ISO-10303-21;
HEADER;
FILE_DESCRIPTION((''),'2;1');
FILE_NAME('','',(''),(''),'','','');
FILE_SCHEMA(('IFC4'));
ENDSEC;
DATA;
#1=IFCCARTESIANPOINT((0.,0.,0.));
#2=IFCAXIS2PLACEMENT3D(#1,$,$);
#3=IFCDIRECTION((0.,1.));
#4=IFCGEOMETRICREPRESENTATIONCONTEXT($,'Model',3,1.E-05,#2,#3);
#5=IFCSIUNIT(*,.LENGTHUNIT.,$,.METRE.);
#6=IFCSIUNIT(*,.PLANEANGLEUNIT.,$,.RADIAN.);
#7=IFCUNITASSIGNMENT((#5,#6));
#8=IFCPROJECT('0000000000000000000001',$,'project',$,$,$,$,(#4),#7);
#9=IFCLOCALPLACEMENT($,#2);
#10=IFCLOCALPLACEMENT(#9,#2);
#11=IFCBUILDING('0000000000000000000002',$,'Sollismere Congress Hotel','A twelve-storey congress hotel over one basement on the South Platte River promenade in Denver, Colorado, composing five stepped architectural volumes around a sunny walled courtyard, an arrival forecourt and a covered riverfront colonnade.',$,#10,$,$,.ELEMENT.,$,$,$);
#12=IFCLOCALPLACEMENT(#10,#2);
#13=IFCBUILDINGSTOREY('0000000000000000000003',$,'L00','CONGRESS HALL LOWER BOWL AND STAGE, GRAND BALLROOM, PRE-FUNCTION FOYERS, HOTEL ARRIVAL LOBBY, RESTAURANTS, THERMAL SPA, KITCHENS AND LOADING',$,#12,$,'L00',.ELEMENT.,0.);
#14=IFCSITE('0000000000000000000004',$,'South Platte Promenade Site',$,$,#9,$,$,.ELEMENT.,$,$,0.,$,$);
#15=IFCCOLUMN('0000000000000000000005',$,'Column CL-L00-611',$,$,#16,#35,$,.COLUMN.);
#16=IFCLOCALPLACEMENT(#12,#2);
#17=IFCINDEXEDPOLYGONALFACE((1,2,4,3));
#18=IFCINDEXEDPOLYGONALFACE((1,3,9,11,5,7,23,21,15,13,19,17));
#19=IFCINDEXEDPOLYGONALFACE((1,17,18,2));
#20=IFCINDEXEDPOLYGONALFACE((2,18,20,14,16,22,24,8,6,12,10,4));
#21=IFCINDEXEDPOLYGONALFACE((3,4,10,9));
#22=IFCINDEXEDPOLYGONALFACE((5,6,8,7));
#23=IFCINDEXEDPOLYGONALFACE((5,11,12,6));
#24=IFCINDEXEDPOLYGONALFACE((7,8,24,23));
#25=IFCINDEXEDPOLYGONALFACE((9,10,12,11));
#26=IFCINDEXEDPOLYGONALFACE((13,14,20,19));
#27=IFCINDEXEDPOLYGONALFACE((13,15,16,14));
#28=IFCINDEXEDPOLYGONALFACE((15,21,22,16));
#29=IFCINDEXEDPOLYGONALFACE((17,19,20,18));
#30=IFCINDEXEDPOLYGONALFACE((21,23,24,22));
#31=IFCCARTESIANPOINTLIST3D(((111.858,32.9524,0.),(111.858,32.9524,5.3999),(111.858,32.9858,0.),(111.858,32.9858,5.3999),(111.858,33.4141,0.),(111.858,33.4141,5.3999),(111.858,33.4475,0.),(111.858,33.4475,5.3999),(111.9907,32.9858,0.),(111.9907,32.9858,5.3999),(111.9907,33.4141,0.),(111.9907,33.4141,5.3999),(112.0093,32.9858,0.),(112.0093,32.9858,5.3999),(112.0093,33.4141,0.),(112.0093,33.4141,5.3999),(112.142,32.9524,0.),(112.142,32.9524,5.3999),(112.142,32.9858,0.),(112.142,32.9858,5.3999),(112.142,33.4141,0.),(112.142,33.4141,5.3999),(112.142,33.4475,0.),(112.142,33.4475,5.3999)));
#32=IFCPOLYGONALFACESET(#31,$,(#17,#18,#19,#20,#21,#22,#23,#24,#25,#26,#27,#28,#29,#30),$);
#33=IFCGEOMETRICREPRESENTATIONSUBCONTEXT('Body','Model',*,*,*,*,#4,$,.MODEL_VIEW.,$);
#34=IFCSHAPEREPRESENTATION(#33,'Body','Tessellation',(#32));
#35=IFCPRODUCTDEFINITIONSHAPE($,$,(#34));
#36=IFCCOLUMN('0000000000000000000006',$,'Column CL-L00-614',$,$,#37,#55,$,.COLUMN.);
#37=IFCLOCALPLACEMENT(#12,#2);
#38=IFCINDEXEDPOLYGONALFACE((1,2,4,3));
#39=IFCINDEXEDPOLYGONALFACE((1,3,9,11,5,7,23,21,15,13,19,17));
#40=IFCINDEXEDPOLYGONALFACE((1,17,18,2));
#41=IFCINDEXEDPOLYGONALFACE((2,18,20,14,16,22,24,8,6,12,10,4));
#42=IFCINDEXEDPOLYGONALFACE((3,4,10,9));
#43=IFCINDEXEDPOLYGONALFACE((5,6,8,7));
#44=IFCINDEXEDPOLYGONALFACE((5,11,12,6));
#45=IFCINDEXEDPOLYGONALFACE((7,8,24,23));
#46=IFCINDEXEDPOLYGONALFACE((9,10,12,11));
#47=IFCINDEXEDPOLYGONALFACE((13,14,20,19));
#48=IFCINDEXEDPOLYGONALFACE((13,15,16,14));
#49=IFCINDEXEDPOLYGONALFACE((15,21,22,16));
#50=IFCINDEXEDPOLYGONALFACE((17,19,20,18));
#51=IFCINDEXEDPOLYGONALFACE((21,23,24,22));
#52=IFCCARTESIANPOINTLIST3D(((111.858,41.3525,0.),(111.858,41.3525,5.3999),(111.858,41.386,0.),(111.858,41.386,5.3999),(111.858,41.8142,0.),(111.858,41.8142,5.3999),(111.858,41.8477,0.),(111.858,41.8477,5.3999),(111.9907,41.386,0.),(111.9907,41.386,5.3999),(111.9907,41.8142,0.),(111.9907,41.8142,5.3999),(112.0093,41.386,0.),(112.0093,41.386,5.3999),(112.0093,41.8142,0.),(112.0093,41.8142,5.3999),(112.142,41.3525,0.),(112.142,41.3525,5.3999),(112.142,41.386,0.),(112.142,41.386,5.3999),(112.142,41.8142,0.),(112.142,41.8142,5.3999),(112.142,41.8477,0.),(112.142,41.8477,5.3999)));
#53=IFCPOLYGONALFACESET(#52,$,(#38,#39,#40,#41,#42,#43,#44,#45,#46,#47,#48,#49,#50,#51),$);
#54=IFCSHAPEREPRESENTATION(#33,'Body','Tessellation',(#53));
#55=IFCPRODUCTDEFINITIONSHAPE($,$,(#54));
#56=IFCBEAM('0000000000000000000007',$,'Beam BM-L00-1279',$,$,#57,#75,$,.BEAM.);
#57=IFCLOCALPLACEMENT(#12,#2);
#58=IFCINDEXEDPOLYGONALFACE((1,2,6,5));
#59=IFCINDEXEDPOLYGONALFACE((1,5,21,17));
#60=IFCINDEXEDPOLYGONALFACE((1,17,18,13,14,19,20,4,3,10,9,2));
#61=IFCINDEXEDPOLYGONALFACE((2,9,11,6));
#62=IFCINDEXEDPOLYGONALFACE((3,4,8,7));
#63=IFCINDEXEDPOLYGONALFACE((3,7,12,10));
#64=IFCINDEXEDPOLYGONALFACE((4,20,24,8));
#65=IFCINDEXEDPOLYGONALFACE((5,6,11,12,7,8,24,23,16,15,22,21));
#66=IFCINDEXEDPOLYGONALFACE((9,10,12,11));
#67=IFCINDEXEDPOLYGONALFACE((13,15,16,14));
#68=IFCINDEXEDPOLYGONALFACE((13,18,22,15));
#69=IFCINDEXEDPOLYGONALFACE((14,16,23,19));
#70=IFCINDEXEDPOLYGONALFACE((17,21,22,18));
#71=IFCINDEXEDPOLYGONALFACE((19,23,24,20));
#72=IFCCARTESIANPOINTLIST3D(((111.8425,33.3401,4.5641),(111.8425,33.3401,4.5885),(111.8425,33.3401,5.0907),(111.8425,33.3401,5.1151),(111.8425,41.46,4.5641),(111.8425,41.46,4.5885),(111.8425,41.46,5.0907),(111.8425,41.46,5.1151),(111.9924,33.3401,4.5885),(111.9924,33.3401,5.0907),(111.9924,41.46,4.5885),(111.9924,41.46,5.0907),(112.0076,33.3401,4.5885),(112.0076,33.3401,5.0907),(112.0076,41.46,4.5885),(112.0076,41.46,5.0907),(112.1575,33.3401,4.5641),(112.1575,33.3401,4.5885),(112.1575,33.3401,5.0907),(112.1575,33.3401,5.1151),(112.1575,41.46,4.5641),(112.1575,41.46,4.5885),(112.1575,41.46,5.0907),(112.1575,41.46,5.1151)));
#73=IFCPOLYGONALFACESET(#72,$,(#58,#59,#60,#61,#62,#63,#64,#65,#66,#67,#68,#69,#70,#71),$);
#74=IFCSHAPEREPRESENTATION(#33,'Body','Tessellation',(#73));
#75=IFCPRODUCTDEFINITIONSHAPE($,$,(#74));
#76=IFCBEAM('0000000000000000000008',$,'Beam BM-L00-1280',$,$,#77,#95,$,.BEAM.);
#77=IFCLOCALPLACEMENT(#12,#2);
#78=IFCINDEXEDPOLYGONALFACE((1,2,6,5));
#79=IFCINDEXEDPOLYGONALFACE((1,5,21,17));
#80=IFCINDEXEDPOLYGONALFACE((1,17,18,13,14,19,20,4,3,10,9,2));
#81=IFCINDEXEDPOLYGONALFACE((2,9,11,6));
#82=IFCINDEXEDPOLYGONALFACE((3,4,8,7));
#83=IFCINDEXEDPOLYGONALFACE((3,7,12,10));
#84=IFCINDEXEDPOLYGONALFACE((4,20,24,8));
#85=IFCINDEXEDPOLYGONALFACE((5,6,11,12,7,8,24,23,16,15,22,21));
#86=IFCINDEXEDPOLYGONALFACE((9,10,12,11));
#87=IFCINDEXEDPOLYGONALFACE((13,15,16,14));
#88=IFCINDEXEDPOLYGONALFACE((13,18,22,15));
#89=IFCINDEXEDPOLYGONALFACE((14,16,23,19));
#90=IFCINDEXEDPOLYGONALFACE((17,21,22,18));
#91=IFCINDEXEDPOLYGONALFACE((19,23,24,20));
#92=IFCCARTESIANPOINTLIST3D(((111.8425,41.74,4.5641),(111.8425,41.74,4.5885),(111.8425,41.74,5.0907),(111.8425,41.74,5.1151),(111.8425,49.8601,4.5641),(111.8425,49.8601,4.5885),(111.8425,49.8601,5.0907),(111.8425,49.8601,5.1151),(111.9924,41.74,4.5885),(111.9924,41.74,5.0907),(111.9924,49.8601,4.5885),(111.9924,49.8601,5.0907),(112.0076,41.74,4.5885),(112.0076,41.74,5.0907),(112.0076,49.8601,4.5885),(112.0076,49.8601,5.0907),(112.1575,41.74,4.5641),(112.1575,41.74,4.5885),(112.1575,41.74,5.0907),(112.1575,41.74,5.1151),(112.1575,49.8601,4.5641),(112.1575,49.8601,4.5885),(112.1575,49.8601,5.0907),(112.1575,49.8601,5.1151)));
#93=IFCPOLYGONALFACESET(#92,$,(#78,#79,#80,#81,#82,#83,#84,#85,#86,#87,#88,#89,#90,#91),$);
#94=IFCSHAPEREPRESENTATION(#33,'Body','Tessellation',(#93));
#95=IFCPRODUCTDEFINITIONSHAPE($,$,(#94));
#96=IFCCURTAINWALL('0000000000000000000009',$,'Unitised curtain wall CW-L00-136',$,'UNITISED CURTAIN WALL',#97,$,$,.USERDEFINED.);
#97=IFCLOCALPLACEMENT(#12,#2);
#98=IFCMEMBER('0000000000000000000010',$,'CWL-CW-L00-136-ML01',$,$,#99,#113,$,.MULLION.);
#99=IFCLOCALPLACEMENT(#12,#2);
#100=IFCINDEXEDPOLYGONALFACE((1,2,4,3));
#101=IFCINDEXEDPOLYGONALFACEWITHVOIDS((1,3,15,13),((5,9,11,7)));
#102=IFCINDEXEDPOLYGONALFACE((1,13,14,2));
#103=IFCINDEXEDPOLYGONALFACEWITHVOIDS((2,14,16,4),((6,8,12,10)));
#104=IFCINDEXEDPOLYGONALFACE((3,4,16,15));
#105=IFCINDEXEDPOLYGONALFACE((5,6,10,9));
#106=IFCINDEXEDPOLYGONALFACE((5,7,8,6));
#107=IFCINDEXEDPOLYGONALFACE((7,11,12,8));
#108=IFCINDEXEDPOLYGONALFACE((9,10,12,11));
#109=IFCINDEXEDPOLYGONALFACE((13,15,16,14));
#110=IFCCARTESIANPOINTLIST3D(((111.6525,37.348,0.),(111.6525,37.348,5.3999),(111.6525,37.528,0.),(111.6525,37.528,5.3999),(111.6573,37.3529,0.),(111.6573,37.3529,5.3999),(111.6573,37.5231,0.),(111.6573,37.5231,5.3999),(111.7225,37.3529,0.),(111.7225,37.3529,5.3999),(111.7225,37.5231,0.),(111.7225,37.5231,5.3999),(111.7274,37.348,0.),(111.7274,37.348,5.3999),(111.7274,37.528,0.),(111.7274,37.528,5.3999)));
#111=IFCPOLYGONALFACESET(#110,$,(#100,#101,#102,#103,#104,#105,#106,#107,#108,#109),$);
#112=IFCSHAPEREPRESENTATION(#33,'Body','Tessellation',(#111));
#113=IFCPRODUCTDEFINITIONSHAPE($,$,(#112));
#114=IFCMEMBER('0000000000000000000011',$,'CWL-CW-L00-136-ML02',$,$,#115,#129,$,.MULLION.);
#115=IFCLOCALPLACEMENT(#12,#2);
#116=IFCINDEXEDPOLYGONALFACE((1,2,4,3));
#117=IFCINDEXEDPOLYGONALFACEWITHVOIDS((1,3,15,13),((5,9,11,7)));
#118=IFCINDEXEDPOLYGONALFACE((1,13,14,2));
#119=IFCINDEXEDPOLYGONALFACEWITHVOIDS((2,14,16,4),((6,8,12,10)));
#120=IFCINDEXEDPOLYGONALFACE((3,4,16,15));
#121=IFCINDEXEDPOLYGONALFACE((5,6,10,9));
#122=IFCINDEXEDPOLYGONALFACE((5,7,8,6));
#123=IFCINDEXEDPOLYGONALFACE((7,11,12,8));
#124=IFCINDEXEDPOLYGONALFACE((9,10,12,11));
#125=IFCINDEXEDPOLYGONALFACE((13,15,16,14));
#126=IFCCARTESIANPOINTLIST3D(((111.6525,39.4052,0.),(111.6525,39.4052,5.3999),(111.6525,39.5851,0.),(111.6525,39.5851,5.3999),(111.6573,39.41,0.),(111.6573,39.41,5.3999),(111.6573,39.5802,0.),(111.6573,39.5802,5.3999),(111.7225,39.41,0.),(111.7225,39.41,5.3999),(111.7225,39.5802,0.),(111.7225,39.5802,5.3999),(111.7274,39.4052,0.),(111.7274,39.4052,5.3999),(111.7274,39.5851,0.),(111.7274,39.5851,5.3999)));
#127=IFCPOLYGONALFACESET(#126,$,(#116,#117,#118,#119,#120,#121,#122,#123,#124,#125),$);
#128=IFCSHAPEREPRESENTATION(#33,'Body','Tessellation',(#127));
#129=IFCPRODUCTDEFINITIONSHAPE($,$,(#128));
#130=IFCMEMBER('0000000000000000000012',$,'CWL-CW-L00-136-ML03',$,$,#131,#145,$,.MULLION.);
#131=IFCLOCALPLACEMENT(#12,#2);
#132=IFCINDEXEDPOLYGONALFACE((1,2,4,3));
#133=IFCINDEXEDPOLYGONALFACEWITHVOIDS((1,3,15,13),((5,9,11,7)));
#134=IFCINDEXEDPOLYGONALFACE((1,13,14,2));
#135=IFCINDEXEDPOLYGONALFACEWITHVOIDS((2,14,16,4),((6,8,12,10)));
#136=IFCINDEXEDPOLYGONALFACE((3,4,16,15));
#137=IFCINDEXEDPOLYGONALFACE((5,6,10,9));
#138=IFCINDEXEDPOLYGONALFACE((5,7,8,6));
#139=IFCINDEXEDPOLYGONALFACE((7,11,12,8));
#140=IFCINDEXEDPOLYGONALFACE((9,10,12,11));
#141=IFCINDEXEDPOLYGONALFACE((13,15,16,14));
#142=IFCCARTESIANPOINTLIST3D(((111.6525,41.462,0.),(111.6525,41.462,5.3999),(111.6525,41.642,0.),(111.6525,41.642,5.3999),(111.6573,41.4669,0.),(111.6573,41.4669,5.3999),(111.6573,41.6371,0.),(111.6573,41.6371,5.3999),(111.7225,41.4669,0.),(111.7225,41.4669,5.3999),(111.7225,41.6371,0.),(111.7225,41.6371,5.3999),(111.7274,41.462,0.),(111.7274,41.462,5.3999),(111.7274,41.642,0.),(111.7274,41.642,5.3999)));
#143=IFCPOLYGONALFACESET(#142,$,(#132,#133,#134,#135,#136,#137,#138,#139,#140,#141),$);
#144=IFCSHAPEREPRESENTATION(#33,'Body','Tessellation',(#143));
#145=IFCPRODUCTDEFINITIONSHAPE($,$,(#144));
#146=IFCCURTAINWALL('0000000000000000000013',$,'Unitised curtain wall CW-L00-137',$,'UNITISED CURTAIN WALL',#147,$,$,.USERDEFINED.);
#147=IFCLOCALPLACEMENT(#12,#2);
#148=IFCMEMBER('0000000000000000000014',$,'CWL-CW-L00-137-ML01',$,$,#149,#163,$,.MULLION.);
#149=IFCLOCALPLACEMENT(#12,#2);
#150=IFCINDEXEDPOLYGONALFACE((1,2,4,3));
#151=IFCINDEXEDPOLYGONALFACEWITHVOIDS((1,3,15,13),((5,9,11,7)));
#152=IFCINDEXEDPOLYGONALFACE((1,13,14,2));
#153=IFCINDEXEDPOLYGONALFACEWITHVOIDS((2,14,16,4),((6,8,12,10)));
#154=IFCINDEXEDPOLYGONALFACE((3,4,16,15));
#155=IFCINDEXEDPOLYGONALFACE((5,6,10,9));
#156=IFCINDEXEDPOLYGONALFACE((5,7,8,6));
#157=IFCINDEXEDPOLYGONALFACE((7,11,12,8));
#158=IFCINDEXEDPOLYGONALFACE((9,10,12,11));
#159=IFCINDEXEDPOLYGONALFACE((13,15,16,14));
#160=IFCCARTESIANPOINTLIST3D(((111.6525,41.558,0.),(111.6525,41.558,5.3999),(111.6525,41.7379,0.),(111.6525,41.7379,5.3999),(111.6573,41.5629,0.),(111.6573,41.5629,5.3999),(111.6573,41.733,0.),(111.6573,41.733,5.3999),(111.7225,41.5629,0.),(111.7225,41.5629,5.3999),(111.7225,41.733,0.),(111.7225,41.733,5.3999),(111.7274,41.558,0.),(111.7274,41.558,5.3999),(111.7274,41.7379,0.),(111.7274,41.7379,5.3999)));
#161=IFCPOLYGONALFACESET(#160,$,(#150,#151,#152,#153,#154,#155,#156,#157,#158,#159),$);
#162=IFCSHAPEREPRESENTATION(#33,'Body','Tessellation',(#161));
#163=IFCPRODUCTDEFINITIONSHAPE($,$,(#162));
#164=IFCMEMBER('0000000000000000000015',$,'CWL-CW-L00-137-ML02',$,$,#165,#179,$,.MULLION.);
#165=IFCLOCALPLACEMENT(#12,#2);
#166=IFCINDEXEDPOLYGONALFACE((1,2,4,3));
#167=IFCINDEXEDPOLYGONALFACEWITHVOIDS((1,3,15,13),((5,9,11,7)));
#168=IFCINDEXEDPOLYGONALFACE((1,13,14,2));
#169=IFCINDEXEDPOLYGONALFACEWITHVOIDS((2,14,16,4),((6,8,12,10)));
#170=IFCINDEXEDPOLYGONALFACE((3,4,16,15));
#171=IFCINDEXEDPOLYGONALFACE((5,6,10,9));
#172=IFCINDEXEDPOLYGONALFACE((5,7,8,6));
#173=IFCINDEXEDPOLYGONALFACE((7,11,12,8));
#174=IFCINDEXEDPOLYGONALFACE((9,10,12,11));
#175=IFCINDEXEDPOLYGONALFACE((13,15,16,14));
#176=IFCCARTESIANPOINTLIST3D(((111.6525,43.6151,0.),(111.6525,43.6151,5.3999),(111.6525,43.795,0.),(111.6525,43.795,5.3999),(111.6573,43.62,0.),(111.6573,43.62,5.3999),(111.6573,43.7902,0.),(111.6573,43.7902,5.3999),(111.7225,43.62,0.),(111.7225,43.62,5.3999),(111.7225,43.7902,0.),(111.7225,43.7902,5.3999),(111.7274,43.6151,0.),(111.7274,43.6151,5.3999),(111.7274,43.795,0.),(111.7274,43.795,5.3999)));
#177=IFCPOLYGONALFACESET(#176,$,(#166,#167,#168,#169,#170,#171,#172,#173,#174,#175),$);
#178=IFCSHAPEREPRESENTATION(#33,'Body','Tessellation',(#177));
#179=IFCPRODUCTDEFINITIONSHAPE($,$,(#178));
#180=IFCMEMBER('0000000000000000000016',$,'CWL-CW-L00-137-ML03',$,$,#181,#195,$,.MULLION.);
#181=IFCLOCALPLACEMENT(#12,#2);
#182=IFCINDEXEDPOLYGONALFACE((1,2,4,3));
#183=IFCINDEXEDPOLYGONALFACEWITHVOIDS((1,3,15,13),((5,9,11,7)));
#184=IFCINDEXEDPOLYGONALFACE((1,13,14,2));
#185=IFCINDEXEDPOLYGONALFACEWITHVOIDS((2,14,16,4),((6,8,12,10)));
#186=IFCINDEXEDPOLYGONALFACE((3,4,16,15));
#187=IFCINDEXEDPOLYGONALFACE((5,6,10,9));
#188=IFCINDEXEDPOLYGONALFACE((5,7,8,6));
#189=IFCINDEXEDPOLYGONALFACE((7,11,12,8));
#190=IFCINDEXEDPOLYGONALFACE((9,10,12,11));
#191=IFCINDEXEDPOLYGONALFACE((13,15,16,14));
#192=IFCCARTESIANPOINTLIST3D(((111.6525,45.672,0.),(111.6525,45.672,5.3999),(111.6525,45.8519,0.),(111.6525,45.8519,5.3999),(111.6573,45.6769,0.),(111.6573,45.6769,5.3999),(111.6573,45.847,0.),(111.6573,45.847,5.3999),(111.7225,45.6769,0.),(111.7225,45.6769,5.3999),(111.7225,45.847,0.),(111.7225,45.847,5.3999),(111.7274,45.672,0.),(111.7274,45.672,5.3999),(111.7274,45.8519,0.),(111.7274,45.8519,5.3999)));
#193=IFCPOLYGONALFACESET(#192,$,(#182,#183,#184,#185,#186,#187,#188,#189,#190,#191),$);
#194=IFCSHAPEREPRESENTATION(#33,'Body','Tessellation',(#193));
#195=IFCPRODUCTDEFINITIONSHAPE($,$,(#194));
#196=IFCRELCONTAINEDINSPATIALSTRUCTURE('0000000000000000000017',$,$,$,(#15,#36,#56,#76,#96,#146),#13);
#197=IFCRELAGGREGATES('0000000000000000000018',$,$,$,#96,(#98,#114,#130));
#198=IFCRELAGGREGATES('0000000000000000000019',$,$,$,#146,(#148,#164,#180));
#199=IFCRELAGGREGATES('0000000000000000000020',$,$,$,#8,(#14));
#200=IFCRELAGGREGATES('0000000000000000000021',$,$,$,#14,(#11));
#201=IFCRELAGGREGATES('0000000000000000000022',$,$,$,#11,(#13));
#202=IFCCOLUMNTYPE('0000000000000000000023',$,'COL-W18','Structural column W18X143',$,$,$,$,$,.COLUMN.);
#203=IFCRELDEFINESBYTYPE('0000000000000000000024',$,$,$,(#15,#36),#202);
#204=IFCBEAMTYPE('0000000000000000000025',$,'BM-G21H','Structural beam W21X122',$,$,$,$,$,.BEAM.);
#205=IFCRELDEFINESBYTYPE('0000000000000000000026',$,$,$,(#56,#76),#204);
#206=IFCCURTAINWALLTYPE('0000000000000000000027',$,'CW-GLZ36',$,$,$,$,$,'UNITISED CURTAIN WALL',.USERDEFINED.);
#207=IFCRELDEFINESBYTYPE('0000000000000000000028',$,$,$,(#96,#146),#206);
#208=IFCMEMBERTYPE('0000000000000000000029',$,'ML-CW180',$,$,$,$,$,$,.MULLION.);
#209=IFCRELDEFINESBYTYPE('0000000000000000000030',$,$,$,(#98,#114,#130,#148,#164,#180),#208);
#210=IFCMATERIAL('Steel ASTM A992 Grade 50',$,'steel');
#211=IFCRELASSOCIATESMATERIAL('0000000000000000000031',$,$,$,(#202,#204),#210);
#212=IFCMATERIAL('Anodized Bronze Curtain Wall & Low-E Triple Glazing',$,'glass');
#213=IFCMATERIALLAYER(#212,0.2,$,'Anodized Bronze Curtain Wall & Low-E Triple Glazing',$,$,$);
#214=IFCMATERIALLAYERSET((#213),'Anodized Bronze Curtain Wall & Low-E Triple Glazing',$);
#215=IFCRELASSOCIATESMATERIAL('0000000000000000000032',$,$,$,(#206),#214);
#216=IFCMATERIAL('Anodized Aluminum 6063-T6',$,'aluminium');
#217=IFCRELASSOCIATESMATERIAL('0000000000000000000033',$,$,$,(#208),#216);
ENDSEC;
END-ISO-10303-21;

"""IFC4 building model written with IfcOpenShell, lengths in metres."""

from ifc_helpers import new_model, si_unit, direction, frame, origin, origin_2d, place, context, subcontext, project, spatial, hollow_rectangle, i_section, extrude, material, layer, layer_set, material_profile, profile_set, type_object, element, aggregate, save


model = new_model("IFC4")

# Units and contexts
model_context = context("Model", 3, precision=1e-05, world=origin(), true_north=direction((0.0, 1.0)))
body_context = subcontext(model_context, "Body", "Model", "MODEL_VIEW")
ifc_project = project(units=[si_unit("LENGTHUNIT", "METRE"), si_unit("PLANEANGLEUNIT", "RADIAN")], contexts=[model_context])

# Site, building, storey
site_placement = place(None, origin())
site = spatial("IfcSite", under=ifc_project, at=site_placement, Name="South Platte Promenade Site", CompositionType="ELEMENT", RefElevation=0.0)
building_placement = place(site_placement, origin())
building = spatial("IfcBuilding", under=site, at=building_placement, Name="Sollismere Congress Hotel", Description="A twelve-storey congress hotel over one basement on the South Platte River promenade in Denver, Colorado, composing five stepped architectural volumes around a sunny walled courtyard, an arrival forecourt and a covered riverfront colonnade.", CompositionType="ELEMENT")
storey_placement = place(building_placement, origin())
storey = spatial("IfcBuildingStorey", under=building, at=storey_placement, Name="L00", Description="CONGRESS HALL LOWER BOWL AND STAGE, GRAND BALLROOM, PRE-FUNCTION FOYERS, HOTEL ARRIVAL LOBBY, RESTAURANTS, THERMAL SPA, KITCHENS AND LOADING", LongName="L00", CompositionType="ELEMENT", Elevation=0.0)

# Columns
ifc_material_1 = material(Name="Steel ASTM A992 Grade 50", Category="steel")
ifc_material_profile_1 = material_profile(ifc_material_1, i_section(OverallWidth=0.2839, OverallDepth=0.4951, WebThickness=0.0186, FlangeThickness=0.0334, at=origin_2d()), Name="W18X143")
ifc_profile_set_1 = profile_set([ifc_material_profile_1], Name="Steel ASTM A992 Grade 50")
column_type = type_object("IfcColumnType", Name="COL-W18", Description="Structural column W18X143", PredefinedType="COLUMN", material=ifc_profile_set_1)
for number, where, z_axis, x_axis, name in (
    (1, (112.0, 33.2, 0.0), (0.0, 0.0, 1.0), (1.0, 0.0, 0.0), "Column CL-L00-611"),
    (2, (112.0, 41.6001, 0.0), (0.0, 0.0, 1.0), (1.0, 0.0, 0.0), "Column CL-L00-614"),
):
    element("IfcColumn", number, at=place(storey_placement, frame(where, z_axis=z_axis, x_axis=x_axis)), inside=storey, type_object=column_type, Name=name, PredefinedType="COLUMN", context=body_context, shape_type="SweptSolid", body=[
        extrude(i_section(OverallWidth=0.2839, OverallDepth=0.4951, WebThickness=0.0186, FlangeThickness=0.0334, at=origin_2d()), origin(), (0.0, 0.0, 1.0), 5.3999),
    ])

# Beams
ifc_material_profile_2 = material_profile(ifc_material_1, i_section(OverallWidth=0.3149, OverallDepth=0.551, WebThickness=0.0151, FlangeThickness=0.0244, at=origin_2d()), Name="W21X122")
ifc_profile_set_2 = profile_set([ifc_material_profile_2], Name="Steel ASTM A992 Grade 50")
beam_type = type_object("IfcBeamType", Name="BM-G21H", Description="Structural beam W21X122", PredefinedType="BEAM", material=ifc_profile_set_2)
beam_1_placement = place(storey_placement, frame((112.0, 33.3401, 4.8396), z_axis=(0.0, 1.0, 0.0), x_axis=(-1.0, 0.0, 0.0)))
element("IfcBeam", 3, at=beam_1_placement, inside=storey, type_object=beam_type, Name="Beam BM-L00-1279", PredefinedType="BEAM", context=body_context, shape_type="SweptSolid", body=[
    extrude(i_section(OverallWidth=0.3149, OverallDepth=0.551, WebThickness=0.0151, FlangeThickness=0.0244, at=origin_2d()), origin(), (0.0, 0.0, 1.0), 8.1199),
])
beam_2_placement = place(storey_placement, frame((112.0, 41.74, 4.8396), z_axis=(0.0, 1.0, 0.0), x_axis=(-1.0, 0.0, 0.0)))
element("IfcBeam", 4, at=beam_2_placement, inside=storey, type_object=beam_type, Name="Beam BM-L00-1280", PredefinedType="BEAM", context=body_context, shape_type="SweptSolid", body=[
    extrude(i_section(OverallWidth=0.3149, OverallDepth=0.551, WebThickness=0.0151, FlangeThickness=0.0244, at=origin_2d()), origin(), (0.0, 0.0, 1.0), 8.1201),
])

# Curtain walls, members
ifc_material_2 = material(Name="Anodized Bronze Curtain Wall & Low-E Triple Glazing", Category="glass")
ifc_layer_1 = layer(ifc_material_2, 0.2, Name="Anodized Bronze Curtain Wall & Low-E Triple Glazing")
ifc_layer_set_1 = layer_set([ifc_layer_1], Name="Anodized Bronze Curtain Wall & Low-E Triple Glazing")
curtain_wall_type = type_object("IfcCurtainWallType", Name="CW-GLZ36", ElementType="UNITISED CURTAIN WALL", PredefinedType="USERDEFINED", material=ifc_layer_set_1)
curtain_wall_1_placement = place(storey_placement, origin())
curtain_wall_1 = element("IfcCurtainWall", 5, at=curtain_wall_1_placement, inside=storey, type_object=curtain_wall_type, Name="Unitised curtain wall CW-L00-136", ObjectType="UNITISED CURTAIN WALL", PredefinedType="USERDEFINED")
ifc_material_3 = material(Name="Anodized Aluminum 6063-T6", Category="aluminium")
ifc_material_profile_3 = material_profile(ifc_material_3, hollow_rectangle(XDim=0.075, YDim=0.1799, WallThickness=0.0049, at=origin_2d()), Name="ALU180X75X5")
ifc_profile_set_3 = profile_set([ifc_material_profile_3], Name="Anodized Aluminum 6063-T6")
member_type_1 = type_object("IfcMemberType", Name="ML-CW180", PredefinedType="MULLION", material=ifc_profile_set_3)
member_1_placement = place(storey_placement, frame((111.6899, 37.438, 0.0), z_axis=(0.0, 0.0, 1.0), x_axis=(-1.0, 0.0, 0.0)))
member_1 = element("IfcMember", 6, at=member_1_placement, type_object=member_type_1, Name="CWL-CW-L00-136-ML01", PredefinedType="MULLION", context=body_context, shape_type="SweptSolid", body=[
    extrude(hollow_rectangle(XDim=0.075, YDim=0.1799, WallThickness=0.0049, at=origin_2d()), origin(), (0.0, 0.0, 1.0), 5.3999),
])
member_2_placement = place(storey_placement, frame((111.6899, 39.4951, 0.0), z_axis=(0.0, 0.0, 1.0), x_axis=(-1.0, 0.0, 0.0)))
member_2 = element("IfcMember", 7, at=member_2_placement, type_object=member_type_1, Name="CWL-CW-L00-136-ML02", PredefinedType="MULLION", context=body_context, shape_type="SweptSolid", body=[
    extrude(hollow_rectangle(XDim=0.075, YDim=0.1799, WallThickness=0.0049, at=origin_2d()), origin(), (0.0, 0.0, 1.0), 5.3999),
])
member_3_placement = place(storey_placement, frame((111.6899, 41.552, 0.0), z_axis=(0.0, 0.0, 1.0), x_axis=(-1.0, 0.0, 0.0)))
member_3 = element("IfcMember", 8, at=member_3_placement, type_object=member_type_1, Name="CWL-CW-L00-136-ML03", PredefinedType="MULLION", context=body_context, shape_type="SweptSolid", body=[
    extrude(hollow_rectangle(XDim=0.075, YDim=0.1799, WallThickness=0.0049, at=origin_2d()), origin(), (0.0, 0.0, 1.0), 5.3999),
])
curtain_wall_2_placement = place(storey_placement, origin())
curtain_wall_2 = element("IfcCurtainWall", 9, at=curtain_wall_2_placement, inside=storey, type_object=curtain_wall_type, Name="Unitised curtain wall CW-L00-137", ObjectType="UNITISED CURTAIN WALL", PredefinedType="USERDEFINED")
member_4_placement = place(storey_placement, frame((111.6899, 41.6479, 0.0), z_axis=(0.0, 0.0, 1.0), x_axis=(-1.0, 0.0, 0.0)))
member_4 = element("IfcMember", 10, at=member_4_placement, type_object=member_type_1, Name="CWL-CW-L00-137-ML01", PredefinedType="MULLION", context=body_context, shape_type="SweptSolid", body=[
    extrude(hollow_rectangle(XDim=0.075, YDim=0.1799, WallThickness=0.0049, at=origin_2d()), origin(), (0.0, 0.0, 1.0), 5.3999),
])
member_5_placement = place(storey_placement, frame((111.6899, 43.7051, 0.0), z_axis=(0.0, 0.0, 1.0), x_axis=(-1.0, 0.0, 0.0)))
member_5 = element("IfcMember", 11, at=member_5_placement, type_object=member_type_1, Name="CWL-CW-L00-137-ML02", PredefinedType="MULLION", context=body_context, shape_type="SweptSolid", body=[
    extrude(hollow_rectangle(XDim=0.075, YDim=0.1799, WallThickness=0.0049, at=origin_2d()), origin(), (0.0, 0.0, 1.0), 5.3999),
])
member_6_placement = place(storey_placement, frame((111.6899, 45.762, 0.0), z_axis=(0.0, 0.0, 1.0), x_axis=(-1.0, 0.0, 0.0)))
member_6 = element("IfcMember", 12, at=member_6_placement, type_object=member_type_1, Name="CWL-CW-L00-137-ML03", PredefinedType="MULLION", context=body_context, shape_type="SweptSolid", body=[
    extrude(hollow_rectangle(XDim=0.075, YDim=0.1799, WallThickness=0.0049, at=origin_2d()), origin(), (0.0, 0.0, 1.0), 5.3999),
])

aggregate(curtain_wall_1, [member_1, member_2, member_3])
aggregate(curtain_wall_2, [member_4, member_5, member_6])

save(model, "model.ifc")
